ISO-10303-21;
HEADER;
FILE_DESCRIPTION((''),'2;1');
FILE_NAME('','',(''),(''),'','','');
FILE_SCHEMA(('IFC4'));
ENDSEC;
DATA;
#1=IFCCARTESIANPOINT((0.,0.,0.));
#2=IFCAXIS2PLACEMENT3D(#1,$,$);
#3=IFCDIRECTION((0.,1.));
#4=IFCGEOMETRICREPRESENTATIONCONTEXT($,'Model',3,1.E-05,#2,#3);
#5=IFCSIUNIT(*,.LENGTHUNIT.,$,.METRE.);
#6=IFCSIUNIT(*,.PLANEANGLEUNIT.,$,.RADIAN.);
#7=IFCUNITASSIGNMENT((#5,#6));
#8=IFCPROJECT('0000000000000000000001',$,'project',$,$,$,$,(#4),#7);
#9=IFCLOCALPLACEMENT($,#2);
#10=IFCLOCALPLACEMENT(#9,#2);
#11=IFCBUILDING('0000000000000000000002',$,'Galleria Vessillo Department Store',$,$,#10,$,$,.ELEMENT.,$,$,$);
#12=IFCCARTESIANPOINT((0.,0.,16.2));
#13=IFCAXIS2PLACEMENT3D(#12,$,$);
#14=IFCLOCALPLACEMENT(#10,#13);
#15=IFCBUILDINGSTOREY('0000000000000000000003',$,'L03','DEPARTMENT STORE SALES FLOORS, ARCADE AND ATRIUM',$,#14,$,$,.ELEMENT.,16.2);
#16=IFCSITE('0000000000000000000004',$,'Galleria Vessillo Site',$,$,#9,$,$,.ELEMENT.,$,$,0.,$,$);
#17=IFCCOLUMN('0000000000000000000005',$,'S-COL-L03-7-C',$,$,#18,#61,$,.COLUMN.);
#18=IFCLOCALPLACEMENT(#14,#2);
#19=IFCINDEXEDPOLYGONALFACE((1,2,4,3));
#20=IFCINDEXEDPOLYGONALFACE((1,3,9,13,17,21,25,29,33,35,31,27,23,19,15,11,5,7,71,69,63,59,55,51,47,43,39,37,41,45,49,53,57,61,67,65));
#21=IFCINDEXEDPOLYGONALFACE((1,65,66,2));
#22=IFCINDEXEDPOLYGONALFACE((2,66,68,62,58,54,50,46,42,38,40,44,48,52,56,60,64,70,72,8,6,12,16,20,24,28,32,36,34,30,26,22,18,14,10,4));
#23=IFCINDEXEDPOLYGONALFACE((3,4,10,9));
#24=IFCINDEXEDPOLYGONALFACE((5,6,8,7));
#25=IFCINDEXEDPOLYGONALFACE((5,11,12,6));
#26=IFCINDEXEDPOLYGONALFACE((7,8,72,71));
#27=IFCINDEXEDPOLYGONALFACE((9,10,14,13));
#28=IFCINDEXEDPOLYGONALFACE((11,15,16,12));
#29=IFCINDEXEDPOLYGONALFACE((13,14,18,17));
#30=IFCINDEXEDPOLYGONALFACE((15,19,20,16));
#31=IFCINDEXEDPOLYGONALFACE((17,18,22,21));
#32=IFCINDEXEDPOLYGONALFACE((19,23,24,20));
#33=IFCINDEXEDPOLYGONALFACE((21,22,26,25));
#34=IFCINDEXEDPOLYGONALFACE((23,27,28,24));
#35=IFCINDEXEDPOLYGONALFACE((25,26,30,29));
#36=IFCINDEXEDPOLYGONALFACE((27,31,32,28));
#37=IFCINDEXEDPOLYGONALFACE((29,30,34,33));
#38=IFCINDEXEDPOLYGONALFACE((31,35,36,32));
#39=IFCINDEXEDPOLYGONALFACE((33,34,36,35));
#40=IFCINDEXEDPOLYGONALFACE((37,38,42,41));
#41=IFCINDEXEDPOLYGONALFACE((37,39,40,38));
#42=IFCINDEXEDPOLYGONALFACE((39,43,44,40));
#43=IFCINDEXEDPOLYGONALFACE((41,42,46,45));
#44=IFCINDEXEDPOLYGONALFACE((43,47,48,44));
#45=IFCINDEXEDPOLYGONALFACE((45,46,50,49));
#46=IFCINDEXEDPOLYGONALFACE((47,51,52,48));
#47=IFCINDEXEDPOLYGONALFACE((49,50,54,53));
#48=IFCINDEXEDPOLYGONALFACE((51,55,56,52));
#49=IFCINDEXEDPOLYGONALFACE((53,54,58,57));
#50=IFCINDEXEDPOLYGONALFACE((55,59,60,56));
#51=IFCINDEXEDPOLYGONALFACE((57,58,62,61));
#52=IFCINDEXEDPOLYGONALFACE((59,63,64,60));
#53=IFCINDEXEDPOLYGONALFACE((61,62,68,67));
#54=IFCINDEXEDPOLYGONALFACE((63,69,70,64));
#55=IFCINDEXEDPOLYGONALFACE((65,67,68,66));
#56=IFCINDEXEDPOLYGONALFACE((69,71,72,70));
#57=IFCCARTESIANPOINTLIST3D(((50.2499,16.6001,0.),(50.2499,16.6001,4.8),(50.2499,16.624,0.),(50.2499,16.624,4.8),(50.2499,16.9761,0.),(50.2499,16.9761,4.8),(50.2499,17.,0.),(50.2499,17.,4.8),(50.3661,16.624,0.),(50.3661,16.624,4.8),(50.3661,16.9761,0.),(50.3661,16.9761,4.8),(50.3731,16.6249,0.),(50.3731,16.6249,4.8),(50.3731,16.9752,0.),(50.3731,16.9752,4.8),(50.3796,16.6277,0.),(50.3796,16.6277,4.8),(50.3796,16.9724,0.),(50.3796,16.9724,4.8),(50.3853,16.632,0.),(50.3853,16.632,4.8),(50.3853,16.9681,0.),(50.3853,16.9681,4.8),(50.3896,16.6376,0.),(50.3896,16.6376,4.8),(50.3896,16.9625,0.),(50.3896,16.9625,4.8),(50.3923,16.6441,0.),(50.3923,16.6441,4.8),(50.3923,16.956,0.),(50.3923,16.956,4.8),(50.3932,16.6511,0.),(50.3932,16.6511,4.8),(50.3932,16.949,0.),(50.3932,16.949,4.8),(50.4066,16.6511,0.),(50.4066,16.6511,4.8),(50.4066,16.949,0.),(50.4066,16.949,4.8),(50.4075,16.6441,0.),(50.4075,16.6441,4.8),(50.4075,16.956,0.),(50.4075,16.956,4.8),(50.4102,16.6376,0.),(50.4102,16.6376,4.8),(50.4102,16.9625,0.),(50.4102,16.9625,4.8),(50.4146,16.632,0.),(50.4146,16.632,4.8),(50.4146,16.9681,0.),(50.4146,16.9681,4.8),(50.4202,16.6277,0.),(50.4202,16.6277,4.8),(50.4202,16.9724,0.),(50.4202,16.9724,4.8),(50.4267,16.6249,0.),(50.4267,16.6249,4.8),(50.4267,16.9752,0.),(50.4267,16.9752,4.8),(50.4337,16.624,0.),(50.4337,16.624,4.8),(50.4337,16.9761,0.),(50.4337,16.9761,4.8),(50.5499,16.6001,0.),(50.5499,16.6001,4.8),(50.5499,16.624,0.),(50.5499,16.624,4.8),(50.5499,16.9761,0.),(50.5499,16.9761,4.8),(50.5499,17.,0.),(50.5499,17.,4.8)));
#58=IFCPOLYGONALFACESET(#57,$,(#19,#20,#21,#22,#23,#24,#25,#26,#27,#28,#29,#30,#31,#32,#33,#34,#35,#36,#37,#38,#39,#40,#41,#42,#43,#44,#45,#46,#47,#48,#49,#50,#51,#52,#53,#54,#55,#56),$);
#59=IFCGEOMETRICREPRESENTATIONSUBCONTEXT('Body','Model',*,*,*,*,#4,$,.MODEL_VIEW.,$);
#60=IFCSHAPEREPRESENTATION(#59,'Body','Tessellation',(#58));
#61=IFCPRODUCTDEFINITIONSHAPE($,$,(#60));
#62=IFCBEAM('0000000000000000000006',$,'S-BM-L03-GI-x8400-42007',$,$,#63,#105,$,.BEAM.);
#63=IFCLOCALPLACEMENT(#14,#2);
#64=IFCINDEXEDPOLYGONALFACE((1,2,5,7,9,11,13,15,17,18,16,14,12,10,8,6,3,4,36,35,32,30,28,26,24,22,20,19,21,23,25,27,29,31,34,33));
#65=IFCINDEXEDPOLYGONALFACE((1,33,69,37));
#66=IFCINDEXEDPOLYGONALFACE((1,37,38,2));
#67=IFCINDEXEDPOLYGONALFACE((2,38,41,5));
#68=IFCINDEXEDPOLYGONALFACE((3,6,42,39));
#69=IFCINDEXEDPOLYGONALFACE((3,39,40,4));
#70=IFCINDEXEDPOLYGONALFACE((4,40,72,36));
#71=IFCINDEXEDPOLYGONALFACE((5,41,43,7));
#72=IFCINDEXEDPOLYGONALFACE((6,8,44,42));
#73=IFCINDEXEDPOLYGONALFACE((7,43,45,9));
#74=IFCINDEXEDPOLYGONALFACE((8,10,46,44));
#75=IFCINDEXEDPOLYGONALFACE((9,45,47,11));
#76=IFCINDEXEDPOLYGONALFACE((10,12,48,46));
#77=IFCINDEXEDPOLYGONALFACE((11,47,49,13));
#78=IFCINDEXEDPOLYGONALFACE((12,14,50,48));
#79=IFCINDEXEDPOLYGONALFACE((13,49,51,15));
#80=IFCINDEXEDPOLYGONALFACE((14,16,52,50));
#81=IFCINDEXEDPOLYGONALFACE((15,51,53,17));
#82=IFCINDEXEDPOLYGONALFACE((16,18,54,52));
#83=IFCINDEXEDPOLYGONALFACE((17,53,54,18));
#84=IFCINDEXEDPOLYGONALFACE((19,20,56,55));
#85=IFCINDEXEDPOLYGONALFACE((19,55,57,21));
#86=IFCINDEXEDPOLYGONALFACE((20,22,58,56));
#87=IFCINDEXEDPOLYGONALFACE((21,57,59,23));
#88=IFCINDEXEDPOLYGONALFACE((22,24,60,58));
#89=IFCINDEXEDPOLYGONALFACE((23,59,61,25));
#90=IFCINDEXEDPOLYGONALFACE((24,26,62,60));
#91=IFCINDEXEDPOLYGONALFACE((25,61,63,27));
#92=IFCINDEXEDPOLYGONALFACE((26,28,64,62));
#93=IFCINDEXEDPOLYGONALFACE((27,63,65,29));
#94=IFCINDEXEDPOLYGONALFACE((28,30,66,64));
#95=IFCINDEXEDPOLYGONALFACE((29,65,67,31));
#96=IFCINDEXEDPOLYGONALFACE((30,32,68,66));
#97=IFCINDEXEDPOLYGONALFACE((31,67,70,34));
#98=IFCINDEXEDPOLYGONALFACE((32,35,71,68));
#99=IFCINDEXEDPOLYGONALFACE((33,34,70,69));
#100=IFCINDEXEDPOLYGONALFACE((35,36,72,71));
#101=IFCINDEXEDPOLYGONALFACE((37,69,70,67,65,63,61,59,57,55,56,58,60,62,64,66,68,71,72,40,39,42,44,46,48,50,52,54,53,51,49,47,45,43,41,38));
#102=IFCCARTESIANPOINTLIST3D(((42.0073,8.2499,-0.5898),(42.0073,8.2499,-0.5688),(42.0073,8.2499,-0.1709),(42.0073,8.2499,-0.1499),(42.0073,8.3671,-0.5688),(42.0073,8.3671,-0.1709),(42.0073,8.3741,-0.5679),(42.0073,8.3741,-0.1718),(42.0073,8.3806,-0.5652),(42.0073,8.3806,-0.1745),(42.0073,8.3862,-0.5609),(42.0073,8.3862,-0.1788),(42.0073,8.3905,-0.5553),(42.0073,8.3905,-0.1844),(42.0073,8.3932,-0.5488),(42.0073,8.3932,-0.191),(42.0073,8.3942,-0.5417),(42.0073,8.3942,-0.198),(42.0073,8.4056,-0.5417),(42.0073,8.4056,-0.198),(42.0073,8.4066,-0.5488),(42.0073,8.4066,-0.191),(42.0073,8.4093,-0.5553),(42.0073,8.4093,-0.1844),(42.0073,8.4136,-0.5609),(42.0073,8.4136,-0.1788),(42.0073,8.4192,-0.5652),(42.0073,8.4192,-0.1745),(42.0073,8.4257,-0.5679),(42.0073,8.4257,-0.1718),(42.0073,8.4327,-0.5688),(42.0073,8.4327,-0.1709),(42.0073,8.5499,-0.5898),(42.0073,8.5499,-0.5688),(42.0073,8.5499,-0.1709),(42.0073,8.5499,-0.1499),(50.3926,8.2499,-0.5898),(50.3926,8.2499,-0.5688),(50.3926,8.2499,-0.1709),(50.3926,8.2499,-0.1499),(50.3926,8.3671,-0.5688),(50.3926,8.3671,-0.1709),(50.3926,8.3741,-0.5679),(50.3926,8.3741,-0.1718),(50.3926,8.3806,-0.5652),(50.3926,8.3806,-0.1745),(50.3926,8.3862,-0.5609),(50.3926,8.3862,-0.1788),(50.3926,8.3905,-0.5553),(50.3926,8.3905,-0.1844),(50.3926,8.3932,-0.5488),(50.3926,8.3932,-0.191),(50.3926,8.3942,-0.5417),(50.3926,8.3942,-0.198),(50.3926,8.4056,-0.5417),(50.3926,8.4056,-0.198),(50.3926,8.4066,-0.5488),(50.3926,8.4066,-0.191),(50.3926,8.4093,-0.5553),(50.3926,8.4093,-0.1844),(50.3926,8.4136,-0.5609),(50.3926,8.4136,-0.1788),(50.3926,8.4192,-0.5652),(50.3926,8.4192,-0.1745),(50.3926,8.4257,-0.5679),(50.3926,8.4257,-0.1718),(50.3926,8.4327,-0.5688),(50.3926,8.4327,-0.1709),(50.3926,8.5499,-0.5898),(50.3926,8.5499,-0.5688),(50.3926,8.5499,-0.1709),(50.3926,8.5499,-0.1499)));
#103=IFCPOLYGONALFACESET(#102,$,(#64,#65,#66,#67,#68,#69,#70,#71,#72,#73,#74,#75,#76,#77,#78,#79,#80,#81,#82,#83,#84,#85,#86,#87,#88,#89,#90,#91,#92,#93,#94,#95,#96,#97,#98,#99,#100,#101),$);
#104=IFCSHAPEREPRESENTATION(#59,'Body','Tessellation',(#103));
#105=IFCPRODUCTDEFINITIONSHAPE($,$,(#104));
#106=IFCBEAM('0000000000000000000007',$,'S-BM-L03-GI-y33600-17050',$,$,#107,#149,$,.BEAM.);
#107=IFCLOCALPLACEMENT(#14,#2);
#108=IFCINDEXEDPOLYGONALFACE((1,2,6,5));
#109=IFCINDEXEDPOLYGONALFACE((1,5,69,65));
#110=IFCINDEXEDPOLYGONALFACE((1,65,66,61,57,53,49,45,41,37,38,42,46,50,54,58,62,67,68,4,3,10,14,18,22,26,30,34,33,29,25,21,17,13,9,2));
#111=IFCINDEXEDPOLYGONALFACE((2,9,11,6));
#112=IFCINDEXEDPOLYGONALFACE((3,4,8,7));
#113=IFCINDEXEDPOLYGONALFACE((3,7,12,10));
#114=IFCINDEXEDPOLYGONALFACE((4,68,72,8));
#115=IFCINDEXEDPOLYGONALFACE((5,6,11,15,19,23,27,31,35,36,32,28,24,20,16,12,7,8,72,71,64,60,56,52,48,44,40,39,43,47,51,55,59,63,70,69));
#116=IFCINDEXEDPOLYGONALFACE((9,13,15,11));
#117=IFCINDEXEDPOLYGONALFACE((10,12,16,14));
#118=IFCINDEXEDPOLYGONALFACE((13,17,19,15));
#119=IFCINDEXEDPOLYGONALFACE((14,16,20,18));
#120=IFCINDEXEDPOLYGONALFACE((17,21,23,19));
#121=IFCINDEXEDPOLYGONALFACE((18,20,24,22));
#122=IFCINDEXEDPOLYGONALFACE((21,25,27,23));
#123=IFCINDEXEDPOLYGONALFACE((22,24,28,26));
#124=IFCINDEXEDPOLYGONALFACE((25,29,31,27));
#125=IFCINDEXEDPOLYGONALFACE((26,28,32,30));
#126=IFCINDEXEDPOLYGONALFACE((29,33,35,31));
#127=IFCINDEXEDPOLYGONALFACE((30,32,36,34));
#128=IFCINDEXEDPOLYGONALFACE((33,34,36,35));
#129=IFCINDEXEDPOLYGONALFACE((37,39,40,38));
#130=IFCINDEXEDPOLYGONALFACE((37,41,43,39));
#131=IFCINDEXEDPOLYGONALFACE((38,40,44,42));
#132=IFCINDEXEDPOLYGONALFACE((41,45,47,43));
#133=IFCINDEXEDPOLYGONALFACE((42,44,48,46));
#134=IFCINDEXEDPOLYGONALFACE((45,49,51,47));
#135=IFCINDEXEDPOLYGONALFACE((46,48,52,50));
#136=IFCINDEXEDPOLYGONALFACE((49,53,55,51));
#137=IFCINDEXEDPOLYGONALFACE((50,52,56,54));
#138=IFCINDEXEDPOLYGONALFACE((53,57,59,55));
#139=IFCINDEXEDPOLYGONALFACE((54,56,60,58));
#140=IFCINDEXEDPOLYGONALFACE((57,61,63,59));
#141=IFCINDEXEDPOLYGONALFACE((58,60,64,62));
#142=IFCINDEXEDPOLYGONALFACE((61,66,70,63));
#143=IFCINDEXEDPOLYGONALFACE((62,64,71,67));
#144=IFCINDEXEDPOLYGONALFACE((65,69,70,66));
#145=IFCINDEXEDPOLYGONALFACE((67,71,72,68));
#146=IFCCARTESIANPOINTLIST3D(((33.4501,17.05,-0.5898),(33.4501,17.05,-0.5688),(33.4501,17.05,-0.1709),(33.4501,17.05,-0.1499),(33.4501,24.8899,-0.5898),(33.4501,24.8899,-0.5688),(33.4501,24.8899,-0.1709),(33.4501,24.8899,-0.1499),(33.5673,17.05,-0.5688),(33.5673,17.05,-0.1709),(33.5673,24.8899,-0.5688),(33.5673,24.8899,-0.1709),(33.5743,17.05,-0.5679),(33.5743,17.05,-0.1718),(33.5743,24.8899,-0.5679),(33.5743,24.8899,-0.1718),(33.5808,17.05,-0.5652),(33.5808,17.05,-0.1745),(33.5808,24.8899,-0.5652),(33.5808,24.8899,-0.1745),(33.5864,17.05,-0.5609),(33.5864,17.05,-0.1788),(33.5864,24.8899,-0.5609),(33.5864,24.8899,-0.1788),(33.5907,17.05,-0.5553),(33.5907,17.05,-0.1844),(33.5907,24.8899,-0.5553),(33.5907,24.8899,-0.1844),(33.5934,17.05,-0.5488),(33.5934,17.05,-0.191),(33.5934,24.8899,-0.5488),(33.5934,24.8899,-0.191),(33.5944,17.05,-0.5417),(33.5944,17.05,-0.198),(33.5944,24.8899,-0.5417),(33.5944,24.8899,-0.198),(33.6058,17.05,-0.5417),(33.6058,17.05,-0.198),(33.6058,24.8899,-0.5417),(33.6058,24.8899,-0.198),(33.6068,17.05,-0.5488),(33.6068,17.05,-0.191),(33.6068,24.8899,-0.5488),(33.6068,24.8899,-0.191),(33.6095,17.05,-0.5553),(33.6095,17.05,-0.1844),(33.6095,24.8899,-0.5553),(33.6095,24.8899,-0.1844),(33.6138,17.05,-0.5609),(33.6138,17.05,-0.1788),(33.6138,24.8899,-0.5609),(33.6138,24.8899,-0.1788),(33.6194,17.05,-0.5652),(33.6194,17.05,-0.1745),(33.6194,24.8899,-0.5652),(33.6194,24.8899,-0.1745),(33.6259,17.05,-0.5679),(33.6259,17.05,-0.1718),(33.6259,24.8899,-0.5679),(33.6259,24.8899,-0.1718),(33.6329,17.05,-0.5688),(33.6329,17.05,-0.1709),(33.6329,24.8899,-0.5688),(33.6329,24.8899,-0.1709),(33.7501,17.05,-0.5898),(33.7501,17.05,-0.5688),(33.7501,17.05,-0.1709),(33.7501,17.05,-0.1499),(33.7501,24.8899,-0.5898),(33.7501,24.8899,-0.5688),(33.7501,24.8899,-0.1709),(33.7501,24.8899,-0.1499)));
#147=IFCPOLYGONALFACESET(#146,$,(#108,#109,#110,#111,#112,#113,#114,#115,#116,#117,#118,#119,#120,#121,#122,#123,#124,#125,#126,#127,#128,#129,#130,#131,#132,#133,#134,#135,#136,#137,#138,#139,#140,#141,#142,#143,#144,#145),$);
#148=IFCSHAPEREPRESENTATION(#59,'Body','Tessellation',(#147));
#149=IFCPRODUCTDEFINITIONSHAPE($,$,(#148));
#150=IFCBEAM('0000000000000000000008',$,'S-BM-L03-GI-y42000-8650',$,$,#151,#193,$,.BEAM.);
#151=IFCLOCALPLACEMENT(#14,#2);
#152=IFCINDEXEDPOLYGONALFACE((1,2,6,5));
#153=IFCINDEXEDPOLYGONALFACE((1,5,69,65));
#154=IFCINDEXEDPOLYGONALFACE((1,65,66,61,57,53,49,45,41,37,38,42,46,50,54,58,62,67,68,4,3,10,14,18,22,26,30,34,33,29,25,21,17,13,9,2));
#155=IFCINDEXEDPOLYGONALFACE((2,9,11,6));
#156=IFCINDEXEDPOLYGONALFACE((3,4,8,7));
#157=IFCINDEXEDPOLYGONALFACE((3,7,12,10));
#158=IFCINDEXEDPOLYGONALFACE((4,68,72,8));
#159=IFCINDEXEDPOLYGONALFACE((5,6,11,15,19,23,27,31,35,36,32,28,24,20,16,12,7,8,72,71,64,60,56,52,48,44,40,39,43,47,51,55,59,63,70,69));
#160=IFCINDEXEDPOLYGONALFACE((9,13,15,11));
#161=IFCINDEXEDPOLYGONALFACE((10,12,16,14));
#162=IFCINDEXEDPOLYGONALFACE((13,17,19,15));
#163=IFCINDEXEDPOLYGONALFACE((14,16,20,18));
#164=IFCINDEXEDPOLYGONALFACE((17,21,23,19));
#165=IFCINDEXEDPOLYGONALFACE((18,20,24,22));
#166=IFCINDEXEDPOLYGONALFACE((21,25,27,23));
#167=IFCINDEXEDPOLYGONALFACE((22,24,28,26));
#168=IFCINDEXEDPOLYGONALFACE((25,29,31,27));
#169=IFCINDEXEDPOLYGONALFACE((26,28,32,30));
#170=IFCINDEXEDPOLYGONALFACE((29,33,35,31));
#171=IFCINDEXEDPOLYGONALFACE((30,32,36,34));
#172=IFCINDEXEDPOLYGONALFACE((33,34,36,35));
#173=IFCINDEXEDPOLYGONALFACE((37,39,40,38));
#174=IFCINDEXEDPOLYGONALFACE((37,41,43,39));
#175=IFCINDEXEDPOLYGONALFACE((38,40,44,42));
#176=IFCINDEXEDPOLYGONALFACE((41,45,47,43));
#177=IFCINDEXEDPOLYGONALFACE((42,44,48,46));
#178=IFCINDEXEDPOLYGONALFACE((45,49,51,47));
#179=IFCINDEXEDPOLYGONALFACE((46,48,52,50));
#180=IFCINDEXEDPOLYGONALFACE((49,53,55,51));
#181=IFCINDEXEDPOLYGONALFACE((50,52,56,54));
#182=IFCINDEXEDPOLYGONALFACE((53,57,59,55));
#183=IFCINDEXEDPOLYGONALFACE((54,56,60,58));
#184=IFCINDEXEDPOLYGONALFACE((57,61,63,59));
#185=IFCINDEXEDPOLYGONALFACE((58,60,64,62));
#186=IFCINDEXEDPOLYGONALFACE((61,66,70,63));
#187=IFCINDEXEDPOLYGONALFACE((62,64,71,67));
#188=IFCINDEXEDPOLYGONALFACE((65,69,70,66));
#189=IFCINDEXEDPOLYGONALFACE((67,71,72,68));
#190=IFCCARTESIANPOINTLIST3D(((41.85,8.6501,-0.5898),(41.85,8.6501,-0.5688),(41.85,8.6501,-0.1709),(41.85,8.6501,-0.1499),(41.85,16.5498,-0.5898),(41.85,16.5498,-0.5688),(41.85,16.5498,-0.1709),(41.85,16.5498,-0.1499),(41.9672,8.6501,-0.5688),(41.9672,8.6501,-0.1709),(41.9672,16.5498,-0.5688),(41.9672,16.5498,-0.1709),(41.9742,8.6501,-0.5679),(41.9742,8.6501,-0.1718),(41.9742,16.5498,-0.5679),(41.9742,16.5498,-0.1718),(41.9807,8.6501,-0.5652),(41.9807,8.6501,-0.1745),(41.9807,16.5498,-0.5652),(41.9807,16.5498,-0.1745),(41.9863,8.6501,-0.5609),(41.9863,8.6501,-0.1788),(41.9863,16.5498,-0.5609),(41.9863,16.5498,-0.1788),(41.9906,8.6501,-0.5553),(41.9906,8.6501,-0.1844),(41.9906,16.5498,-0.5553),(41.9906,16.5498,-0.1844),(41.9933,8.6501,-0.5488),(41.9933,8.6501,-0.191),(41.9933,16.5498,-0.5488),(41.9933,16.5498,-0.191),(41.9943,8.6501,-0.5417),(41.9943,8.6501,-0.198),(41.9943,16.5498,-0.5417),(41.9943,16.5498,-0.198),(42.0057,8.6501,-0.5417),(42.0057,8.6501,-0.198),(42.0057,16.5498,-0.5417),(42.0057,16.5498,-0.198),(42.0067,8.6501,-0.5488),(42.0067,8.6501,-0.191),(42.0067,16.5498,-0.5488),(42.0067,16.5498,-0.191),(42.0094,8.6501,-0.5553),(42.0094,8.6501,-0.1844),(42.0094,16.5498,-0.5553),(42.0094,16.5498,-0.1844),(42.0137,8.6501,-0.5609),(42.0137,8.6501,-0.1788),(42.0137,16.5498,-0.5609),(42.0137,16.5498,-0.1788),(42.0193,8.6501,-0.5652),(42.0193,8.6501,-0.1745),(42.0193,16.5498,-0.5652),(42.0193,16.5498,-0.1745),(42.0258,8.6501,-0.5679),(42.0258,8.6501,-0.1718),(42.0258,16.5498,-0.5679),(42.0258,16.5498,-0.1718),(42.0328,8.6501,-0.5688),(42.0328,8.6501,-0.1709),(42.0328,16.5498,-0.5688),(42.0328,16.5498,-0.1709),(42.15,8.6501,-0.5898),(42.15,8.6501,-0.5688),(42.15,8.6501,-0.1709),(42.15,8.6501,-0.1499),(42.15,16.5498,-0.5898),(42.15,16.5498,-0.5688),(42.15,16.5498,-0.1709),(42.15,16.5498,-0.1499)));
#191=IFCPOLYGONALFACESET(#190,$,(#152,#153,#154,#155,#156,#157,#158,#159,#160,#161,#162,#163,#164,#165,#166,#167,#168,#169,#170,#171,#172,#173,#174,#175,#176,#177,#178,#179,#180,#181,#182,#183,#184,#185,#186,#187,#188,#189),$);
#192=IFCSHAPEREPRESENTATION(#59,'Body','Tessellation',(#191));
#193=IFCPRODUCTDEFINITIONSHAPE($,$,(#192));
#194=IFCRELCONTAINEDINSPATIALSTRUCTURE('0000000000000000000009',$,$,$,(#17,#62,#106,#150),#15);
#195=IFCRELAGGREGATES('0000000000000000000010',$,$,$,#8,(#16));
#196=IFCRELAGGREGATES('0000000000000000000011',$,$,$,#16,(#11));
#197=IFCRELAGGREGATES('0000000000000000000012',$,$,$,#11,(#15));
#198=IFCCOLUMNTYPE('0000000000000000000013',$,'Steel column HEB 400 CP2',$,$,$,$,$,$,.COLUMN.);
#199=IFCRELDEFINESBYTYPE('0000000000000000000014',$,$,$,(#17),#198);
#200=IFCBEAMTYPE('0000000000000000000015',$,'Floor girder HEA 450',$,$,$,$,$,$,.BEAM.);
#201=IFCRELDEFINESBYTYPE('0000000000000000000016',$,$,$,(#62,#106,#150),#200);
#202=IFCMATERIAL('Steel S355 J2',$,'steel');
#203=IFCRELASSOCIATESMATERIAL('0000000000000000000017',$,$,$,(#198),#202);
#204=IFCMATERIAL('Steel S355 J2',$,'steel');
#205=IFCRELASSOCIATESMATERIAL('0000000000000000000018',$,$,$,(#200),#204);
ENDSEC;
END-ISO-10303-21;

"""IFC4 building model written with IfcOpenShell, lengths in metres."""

from ifc_helpers import new_model, si_unit, direction, frame, origin, origin_2d, place, context, subcontext, project, spatial, i_section, extrude, material, material_profile, profile_set, type_object, element, save


model = new_model("IFC4")

# Units and contexts
model_context = context("Model", 3, precision=1e-05, world=origin(), true_north=direction((0.0, 1.0)))
body_context = subcontext(model_context, "Body", "Model", "MODEL_VIEW")
ifc_project = project(units=[si_unit("LENGTHUNIT", "METRE"), si_unit("PLANEANGLEUNIT", "RADIAN")], contexts=[model_context])

# Site, building, storey
site_placement = place(None, origin())
site = spatial("IfcSite", under=ifc_project, at=site_placement, Name="Galleria Vessillo Site", CompositionType="ELEMENT", RefElevation=0.0)
building_placement = place(site_placement, origin())
building = spatial("IfcBuilding", under=site, at=building_placement, Name="Galleria Vessillo Department Store", CompositionType="ELEMENT")
storey_placement = place(building_placement, frame((0.0, 0.0, 16.2)))
storey = spatial("IfcBuildingStorey", under=building, at=storey_placement, Name="L03", Description="DEPARTMENT STORE SALES FLOORS, ARCADE AND ATRIUM", CompositionType="ELEMENT", Elevation=16.2)

# Column
ifc_material_1 = material(Name="Steel S355 J2", Category="steel")
ifc_material_profile_1 = material_profile(ifc_material_1, i_section(OverallWidth=0.3, OverallDepth=0.3999, WebThickness=0.0134, FlangeThickness=0.0239, FilletRadius=0.0271, at=origin_2d()), Name="HEB 400")
ifc_profile_set_1 = profile_set([ifc_material_profile_1], Name="Steel S355 J2")
column_type = type_object("IfcColumnType", Name="Steel column HEB 400 CP2", PredefinedType="COLUMN", material=ifc_profile_set_1)
for number, where, z_axis, x_axis, name in (
    (1, (50.3999, 16.8, 0.0), (0.0, 0.0, 1.0), (1.0, 0.0, 0.0), "S-COL-L03-7-C"),
):
    element("IfcColumn", number, at=place(storey_placement, frame(where, z_axis=z_axis, x_axis=x_axis)), inside=storey, type_object=column_type, Name=name, PredefinedType="COLUMN", context=body_context, shape_type="SweptSolid", body=[
        extrude(i_section(OverallWidth=0.3, OverallDepth=0.3999, WebThickness=0.0134, FlangeThickness=0.0239, FilletRadius=0.0271, at=origin_2d()), origin(), (0.0, 0.0, 1.0), 4.8),
    ])

# Beams
ifc_material_2 = material(Name="Steel S355 J2", Category="steel")
ifc_material_profile_2 = material_profile(ifc_material_2, i_section(OverallWidth=0.3, OverallDepth=0.4399, WebThickness=0.0115, FlangeThickness=0.021, FilletRadius=0.0271, at=origin_2d()), Name="HEA 450")
ifc_profile_set_2 = profile_set([ifc_material_profile_2], Name="Steel S355 J2")
beam_type_1 = type_object("IfcBeamType", Name="Floor girder HEA 450", PredefinedType="BEAM", material=ifc_profile_set_2)
beam_1_placement = place(storey_placement, frame((42.0073, 8.3999, -0.3699), z_axis=(1.0, 0.0, 0.0), x_axis=(0.0, 1.0, 0.0)))
element("IfcBeam", 2, at=beam_1_placement, inside=storey, type_object=beam_type_1, Name="S-BM-L03-GI-x8400-42007", PredefinedType="BEAM", context=body_context, shape_type="SweptSolid", body=[
    extrude(i_section(OverallWidth=0.3, OverallDepth=0.4399, WebThickness=0.0115, FlangeThickness=0.021, FilletRadius=0.0271, at=origin_2d()), origin(), (0.0, 0.0, 1.0), 8.3853),
])
beam_2_placement = place(storey_placement, frame((33.6001, 17.05, -0.3699), z_axis=(0.0, 1.0, 0.0), x_axis=(-1.0, 0.0, 0.0)))
element("IfcBeam", 3, at=beam_2_placement, inside=storey, type_object=beam_type_1, Name="S-BM-L03-GI-y33600-17050", PredefinedType="BEAM", context=body_context, shape_type="SweptSolid", body=[
    extrude(i_section(OverallWidth=0.3, OverallDepth=0.4399, WebThickness=0.0115, FlangeThickness=0.021, FilletRadius=0.0271, at=origin_2d()), origin(), (0.0, 0.0, 1.0), 7.8398),
])
beam_3_placement = place(storey_placement, frame((42.0, 8.6501, -0.3699), z_axis=(0.0, 1.0, 0.0), x_axis=(-1.0, 0.0, 0.0)))
element("IfcBeam", 4, at=beam_3_placement, inside=storey, type_object=beam_type_1, Name="S-BM-L03-GI-y42000-8650", PredefinedType="BEAM", context=body_context, shape_type="SweptSolid", body=[
    extrude(i_section(OverallWidth=0.3, OverallDepth=0.4399, WebThickness=0.0115, FlangeThickness=0.021, FilletRadius=0.0271, at=origin_2d()), origin(), (0.0, 0.0, 1.0), 7.8997),
])

save(model, "model.ifc")
